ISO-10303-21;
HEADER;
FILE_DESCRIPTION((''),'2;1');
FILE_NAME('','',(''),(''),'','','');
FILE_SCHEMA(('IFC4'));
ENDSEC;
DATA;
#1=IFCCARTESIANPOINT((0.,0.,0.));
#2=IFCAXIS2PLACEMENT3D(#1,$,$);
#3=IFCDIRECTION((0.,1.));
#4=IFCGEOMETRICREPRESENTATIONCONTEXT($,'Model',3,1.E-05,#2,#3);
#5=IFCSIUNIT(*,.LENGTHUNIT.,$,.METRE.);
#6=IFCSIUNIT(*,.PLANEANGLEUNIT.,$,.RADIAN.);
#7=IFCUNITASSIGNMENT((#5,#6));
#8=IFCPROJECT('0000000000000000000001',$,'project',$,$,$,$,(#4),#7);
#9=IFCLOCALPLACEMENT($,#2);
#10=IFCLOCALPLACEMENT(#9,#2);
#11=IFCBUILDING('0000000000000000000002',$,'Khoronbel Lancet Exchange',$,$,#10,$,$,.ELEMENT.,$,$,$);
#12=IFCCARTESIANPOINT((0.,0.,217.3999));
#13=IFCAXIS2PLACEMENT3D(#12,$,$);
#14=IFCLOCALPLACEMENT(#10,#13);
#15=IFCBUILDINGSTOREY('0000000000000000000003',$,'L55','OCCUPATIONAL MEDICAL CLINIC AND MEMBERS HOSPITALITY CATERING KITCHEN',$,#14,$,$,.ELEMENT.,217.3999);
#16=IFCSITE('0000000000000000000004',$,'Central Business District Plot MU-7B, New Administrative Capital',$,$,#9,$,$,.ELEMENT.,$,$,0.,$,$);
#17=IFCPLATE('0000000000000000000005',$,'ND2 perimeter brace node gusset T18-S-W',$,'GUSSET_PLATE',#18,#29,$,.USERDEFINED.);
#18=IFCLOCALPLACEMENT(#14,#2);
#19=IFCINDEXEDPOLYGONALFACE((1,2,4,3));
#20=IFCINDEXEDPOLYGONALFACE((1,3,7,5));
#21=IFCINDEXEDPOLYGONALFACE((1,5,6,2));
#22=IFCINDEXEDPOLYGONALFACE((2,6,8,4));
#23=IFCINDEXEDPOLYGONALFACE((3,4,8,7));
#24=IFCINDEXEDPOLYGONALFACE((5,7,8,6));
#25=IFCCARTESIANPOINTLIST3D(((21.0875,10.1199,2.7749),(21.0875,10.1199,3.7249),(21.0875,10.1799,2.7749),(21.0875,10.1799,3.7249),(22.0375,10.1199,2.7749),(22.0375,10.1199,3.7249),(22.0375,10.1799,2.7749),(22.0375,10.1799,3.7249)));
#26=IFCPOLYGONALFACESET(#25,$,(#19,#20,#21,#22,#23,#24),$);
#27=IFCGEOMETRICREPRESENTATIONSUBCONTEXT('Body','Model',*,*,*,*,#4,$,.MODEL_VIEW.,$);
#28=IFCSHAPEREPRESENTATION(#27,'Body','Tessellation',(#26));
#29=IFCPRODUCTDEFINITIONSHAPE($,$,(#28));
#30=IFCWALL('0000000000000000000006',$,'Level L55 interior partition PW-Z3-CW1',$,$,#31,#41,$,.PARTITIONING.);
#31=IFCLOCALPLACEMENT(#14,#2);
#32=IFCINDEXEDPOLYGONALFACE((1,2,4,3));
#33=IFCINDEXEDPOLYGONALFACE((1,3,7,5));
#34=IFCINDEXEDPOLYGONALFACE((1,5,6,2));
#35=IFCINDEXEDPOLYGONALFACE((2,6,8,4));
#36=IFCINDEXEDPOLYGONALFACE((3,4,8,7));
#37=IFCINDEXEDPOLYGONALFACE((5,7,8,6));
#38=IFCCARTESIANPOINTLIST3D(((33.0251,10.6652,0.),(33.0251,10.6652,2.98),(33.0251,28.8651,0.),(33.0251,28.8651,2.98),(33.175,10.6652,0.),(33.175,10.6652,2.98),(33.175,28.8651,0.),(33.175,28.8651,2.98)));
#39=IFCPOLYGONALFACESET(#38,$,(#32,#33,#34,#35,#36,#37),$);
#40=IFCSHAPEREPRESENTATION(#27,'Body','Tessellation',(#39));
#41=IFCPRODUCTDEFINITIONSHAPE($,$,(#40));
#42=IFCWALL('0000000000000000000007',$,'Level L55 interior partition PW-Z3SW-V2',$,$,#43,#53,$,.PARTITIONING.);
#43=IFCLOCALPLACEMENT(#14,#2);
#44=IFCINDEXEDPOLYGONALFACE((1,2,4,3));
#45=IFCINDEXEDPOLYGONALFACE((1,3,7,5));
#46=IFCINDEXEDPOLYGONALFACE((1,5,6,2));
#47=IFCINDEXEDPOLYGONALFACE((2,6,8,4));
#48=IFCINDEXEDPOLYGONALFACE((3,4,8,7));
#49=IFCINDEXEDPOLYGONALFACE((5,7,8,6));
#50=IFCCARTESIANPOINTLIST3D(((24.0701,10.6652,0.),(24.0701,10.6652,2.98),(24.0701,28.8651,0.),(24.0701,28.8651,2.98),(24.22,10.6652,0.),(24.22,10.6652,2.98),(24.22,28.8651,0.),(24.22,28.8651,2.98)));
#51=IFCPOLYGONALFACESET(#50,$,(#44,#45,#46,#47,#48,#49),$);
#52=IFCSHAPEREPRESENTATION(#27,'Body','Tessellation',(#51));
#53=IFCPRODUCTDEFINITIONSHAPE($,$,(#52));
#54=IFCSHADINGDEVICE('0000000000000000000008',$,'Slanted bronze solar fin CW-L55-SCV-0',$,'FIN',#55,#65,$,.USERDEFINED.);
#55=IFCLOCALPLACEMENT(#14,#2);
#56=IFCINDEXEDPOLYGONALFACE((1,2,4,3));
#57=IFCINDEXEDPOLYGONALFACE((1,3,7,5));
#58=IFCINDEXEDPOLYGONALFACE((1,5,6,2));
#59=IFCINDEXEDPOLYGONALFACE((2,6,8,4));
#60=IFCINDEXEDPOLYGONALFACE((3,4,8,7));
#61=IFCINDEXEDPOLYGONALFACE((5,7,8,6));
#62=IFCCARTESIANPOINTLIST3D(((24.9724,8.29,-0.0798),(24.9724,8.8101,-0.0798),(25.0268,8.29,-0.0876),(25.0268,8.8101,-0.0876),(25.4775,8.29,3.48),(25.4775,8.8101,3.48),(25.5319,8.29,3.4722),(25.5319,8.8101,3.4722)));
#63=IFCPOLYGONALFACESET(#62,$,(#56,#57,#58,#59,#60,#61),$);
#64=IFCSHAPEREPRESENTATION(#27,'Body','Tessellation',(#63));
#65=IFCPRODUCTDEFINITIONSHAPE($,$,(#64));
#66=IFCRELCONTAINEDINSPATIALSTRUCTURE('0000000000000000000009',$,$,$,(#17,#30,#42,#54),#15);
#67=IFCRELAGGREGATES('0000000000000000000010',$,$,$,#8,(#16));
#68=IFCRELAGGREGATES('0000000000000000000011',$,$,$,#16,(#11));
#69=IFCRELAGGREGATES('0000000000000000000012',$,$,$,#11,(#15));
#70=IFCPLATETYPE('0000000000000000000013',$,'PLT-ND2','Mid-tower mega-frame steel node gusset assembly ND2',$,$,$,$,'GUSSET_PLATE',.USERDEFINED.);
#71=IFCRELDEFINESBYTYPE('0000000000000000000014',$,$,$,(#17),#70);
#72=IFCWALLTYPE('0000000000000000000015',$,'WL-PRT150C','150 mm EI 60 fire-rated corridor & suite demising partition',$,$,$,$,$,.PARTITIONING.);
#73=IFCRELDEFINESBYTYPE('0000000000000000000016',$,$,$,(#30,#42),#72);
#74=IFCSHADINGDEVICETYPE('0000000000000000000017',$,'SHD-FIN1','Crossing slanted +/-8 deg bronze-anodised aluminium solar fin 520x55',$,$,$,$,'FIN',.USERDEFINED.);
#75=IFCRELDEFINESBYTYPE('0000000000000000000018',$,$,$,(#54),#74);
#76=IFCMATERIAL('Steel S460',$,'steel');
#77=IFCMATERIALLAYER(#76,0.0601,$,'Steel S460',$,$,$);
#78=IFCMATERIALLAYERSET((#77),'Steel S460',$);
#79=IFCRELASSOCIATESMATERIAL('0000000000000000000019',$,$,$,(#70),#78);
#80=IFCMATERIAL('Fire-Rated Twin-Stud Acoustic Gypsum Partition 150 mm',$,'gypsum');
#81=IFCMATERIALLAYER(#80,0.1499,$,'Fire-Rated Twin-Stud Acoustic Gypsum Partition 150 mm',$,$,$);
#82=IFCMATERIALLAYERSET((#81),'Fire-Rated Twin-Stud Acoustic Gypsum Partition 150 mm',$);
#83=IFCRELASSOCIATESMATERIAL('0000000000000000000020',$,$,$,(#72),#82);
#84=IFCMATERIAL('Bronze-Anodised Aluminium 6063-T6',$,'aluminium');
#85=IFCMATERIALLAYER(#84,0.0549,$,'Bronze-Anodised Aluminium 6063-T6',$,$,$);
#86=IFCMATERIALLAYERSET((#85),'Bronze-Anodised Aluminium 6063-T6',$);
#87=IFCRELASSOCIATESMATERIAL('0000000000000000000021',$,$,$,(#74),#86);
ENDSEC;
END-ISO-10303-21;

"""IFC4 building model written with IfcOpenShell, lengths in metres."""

from ifc_helpers import new_model, si_unit, direction, frame, frame_2d, origin, origin_2d, place, context, subcontext, project, spatial, polyline, rectangle, outline, extrude, material, layer, layer_set, type_object, element, save


model = new_model("IFC4")

# Units and contexts
model_context = context("Model", 3, precision=1e-05, world=origin(), true_north=direction((0.0, 1.0)))
body_context = subcontext(model_context, "Body", "Model", "MODEL_VIEW")
ifc_project = project(units=[si_unit("LENGTHUNIT", "METRE"), si_unit("PLANEANGLEUNIT", "RADIAN")], contexts=[model_context])

# Site, building, storey
site_placement = place(None, origin())
site = spatial("IfcSite", under=ifc_project, at=site_placement, Name="Central Business District Plot MU-7B, New Administrative Capital", CompositionType="ELEMENT", RefElevation=0.0)
building_placement = place(site_placement, origin())
building = spatial("IfcBuilding", under=site, at=building_placement, Name="Khoronbel Lancet Exchange", CompositionType="ELEMENT")
storey_placement = place(building_placement, frame((0.0, 0.0, 217.3999)))
storey = spatial("IfcBuildingStorey", under=building, at=storey_placement, Name="L55", Description="OCCUPATIONAL MEDICAL CLINIC AND MEMBERS HOSPITALITY CATERING KITCHEN", CompositionType="ELEMENT", Elevation=217.3999)

# Shared definitions
ifc_material_1 = material(Name="Steel S460", Category="steel")

# Shared definitions
ifc_material_2 = material(Name="Bronze-Anodised Aluminium 6063-T6", Category="aluminium")

# Plate
ifc_layer_1 = layer(ifc_material_1, 0.0601, Name="Steel S460")
ifc_layer_set_1 = layer_set([ifc_layer_1], Name="Steel S460")
plate_type_1 = type_object("IfcPlateType", Name="PLT-ND2", Description="Mid-tower mega-frame steel node gusset assembly ND2", ElementType="GUSSET_PLATE", PredefinedType="USERDEFINED", material=ifc_layer_set_1)
plate_1_placement = place(storey_placement, frame((21.5625, 10.1499, 2.7749), z_axis=(0.0, 0.0, 1.0), x_axis=(1.0, 0.0, 0.0)))
element("IfcPlate", 1, at=plate_1_placement, inside=storey, type_object=plate_type_1, Name="ND2 perimeter brace node gusset T18-S-W", ObjectType="GUSSET_PLATE", PredefinedType="USERDEFINED", context=body_context, shape_type="SweptSolid", body=[
    extrude(rectangle(XDim=0.95, YDim=0.0601, at=origin_2d()), origin(), (0.0, 0.0, 1.0), 0.95),
])

# Walls
ifc_material_3 = material(Name="Fire-Rated Twin-Stud Acoustic Gypsum Partition 150 mm", Category="gypsum")
ifc_layer_2 = layer(ifc_material_3, 0.1499, Name="Fire-Rated Twin-Stud Acoustic Gypsum Partition 150 mm")
ifc_layer_set_2 = layer_set([ifc_layer_2], Name="Fire-Rated Twin-Stud Acoustic Gypsum Partition 150 mm")
wall_type = type_object("IfcWallType", Name="WL-PRT150C", Description="150 mm EI 60 fire-rated corridor & suite demising partition", PredefinedType="PARTITIONING", material=ifc_layer_set_2)
for number, where, z_axis, x_axis, name in (
    (2, (33.1001, 10.665, 0.0), (0.0, 0.0, 1.0), (0.0, 1.0, 0.0), "Level L55 interior partition PW-Z3-CW1"),
    (3, (24.145, 10.665, 0.0), (0.0, 0.0, 1.0), (0.0, 1.0, 0.0), "Level L55 interior partition PW-Z3SW-V2"),
):
    element("IfcWall", number, at=place(storey_placement, frame(where, z_axis=z_axis, x_axis=x_axis)), inside=storey, type_object=wall_type, Name=name, PredefinedType="PARTITIONING", context=body_context, shape_type="SweptSolid", body=[
        extrude(rectangle(XDim=18.2, YDim=0.1499, at=frame_2d((9.1001, 0.0))), origin(), (0.0, 0.0, 1.0), 2.98),
    ])

# Shading device
ifc_layer_3 = layer(ifc_material_2, 0.0549, Name="Bronze-Anodised Aluminium 6063-T6")
ifc_layer_set_3 = layer_set([ifc_layer_3], Name="Bronze-Anodised Aluminium 6063-T6")
shading_device_type = type_object("IfcShadingDeviceType", Name="SHD-FIN1", Description="Crossing slanted +/-8 deg bronze-anodised aluminium solar fin 520x55", ElementType="FIN", PredefinedType="USERDEFINED", material=ifc_layer_set_3)
shading_device_placement = place(storey_placement, frame((24.9724, 8.8101, -0.0798), z_axis=(-0.990082, 0.0, 0.14049), x_axis=(0.0, -1.0, 0.0)))
element("IfcShadingDevice", 4, at=shading_device_placement, inside=storey, type_object=shading_device_type, Name="Slanted bronze solar fin CW-L55-SCV-0", ObjectType="FIN", PredefinedType="USERDEFINED", context=body_context, shape_type="SweptSolid", body=[
    extrude(outline(polyline([(0.0, 0.0), (0.52, 0.0), (0.52, 3.5955), (0.0, 3.5955), (0.0, 0.0)])), origin(), (0.0, 0.0, -1.0), 0.0549),
])

save(model, "model.ifc")
